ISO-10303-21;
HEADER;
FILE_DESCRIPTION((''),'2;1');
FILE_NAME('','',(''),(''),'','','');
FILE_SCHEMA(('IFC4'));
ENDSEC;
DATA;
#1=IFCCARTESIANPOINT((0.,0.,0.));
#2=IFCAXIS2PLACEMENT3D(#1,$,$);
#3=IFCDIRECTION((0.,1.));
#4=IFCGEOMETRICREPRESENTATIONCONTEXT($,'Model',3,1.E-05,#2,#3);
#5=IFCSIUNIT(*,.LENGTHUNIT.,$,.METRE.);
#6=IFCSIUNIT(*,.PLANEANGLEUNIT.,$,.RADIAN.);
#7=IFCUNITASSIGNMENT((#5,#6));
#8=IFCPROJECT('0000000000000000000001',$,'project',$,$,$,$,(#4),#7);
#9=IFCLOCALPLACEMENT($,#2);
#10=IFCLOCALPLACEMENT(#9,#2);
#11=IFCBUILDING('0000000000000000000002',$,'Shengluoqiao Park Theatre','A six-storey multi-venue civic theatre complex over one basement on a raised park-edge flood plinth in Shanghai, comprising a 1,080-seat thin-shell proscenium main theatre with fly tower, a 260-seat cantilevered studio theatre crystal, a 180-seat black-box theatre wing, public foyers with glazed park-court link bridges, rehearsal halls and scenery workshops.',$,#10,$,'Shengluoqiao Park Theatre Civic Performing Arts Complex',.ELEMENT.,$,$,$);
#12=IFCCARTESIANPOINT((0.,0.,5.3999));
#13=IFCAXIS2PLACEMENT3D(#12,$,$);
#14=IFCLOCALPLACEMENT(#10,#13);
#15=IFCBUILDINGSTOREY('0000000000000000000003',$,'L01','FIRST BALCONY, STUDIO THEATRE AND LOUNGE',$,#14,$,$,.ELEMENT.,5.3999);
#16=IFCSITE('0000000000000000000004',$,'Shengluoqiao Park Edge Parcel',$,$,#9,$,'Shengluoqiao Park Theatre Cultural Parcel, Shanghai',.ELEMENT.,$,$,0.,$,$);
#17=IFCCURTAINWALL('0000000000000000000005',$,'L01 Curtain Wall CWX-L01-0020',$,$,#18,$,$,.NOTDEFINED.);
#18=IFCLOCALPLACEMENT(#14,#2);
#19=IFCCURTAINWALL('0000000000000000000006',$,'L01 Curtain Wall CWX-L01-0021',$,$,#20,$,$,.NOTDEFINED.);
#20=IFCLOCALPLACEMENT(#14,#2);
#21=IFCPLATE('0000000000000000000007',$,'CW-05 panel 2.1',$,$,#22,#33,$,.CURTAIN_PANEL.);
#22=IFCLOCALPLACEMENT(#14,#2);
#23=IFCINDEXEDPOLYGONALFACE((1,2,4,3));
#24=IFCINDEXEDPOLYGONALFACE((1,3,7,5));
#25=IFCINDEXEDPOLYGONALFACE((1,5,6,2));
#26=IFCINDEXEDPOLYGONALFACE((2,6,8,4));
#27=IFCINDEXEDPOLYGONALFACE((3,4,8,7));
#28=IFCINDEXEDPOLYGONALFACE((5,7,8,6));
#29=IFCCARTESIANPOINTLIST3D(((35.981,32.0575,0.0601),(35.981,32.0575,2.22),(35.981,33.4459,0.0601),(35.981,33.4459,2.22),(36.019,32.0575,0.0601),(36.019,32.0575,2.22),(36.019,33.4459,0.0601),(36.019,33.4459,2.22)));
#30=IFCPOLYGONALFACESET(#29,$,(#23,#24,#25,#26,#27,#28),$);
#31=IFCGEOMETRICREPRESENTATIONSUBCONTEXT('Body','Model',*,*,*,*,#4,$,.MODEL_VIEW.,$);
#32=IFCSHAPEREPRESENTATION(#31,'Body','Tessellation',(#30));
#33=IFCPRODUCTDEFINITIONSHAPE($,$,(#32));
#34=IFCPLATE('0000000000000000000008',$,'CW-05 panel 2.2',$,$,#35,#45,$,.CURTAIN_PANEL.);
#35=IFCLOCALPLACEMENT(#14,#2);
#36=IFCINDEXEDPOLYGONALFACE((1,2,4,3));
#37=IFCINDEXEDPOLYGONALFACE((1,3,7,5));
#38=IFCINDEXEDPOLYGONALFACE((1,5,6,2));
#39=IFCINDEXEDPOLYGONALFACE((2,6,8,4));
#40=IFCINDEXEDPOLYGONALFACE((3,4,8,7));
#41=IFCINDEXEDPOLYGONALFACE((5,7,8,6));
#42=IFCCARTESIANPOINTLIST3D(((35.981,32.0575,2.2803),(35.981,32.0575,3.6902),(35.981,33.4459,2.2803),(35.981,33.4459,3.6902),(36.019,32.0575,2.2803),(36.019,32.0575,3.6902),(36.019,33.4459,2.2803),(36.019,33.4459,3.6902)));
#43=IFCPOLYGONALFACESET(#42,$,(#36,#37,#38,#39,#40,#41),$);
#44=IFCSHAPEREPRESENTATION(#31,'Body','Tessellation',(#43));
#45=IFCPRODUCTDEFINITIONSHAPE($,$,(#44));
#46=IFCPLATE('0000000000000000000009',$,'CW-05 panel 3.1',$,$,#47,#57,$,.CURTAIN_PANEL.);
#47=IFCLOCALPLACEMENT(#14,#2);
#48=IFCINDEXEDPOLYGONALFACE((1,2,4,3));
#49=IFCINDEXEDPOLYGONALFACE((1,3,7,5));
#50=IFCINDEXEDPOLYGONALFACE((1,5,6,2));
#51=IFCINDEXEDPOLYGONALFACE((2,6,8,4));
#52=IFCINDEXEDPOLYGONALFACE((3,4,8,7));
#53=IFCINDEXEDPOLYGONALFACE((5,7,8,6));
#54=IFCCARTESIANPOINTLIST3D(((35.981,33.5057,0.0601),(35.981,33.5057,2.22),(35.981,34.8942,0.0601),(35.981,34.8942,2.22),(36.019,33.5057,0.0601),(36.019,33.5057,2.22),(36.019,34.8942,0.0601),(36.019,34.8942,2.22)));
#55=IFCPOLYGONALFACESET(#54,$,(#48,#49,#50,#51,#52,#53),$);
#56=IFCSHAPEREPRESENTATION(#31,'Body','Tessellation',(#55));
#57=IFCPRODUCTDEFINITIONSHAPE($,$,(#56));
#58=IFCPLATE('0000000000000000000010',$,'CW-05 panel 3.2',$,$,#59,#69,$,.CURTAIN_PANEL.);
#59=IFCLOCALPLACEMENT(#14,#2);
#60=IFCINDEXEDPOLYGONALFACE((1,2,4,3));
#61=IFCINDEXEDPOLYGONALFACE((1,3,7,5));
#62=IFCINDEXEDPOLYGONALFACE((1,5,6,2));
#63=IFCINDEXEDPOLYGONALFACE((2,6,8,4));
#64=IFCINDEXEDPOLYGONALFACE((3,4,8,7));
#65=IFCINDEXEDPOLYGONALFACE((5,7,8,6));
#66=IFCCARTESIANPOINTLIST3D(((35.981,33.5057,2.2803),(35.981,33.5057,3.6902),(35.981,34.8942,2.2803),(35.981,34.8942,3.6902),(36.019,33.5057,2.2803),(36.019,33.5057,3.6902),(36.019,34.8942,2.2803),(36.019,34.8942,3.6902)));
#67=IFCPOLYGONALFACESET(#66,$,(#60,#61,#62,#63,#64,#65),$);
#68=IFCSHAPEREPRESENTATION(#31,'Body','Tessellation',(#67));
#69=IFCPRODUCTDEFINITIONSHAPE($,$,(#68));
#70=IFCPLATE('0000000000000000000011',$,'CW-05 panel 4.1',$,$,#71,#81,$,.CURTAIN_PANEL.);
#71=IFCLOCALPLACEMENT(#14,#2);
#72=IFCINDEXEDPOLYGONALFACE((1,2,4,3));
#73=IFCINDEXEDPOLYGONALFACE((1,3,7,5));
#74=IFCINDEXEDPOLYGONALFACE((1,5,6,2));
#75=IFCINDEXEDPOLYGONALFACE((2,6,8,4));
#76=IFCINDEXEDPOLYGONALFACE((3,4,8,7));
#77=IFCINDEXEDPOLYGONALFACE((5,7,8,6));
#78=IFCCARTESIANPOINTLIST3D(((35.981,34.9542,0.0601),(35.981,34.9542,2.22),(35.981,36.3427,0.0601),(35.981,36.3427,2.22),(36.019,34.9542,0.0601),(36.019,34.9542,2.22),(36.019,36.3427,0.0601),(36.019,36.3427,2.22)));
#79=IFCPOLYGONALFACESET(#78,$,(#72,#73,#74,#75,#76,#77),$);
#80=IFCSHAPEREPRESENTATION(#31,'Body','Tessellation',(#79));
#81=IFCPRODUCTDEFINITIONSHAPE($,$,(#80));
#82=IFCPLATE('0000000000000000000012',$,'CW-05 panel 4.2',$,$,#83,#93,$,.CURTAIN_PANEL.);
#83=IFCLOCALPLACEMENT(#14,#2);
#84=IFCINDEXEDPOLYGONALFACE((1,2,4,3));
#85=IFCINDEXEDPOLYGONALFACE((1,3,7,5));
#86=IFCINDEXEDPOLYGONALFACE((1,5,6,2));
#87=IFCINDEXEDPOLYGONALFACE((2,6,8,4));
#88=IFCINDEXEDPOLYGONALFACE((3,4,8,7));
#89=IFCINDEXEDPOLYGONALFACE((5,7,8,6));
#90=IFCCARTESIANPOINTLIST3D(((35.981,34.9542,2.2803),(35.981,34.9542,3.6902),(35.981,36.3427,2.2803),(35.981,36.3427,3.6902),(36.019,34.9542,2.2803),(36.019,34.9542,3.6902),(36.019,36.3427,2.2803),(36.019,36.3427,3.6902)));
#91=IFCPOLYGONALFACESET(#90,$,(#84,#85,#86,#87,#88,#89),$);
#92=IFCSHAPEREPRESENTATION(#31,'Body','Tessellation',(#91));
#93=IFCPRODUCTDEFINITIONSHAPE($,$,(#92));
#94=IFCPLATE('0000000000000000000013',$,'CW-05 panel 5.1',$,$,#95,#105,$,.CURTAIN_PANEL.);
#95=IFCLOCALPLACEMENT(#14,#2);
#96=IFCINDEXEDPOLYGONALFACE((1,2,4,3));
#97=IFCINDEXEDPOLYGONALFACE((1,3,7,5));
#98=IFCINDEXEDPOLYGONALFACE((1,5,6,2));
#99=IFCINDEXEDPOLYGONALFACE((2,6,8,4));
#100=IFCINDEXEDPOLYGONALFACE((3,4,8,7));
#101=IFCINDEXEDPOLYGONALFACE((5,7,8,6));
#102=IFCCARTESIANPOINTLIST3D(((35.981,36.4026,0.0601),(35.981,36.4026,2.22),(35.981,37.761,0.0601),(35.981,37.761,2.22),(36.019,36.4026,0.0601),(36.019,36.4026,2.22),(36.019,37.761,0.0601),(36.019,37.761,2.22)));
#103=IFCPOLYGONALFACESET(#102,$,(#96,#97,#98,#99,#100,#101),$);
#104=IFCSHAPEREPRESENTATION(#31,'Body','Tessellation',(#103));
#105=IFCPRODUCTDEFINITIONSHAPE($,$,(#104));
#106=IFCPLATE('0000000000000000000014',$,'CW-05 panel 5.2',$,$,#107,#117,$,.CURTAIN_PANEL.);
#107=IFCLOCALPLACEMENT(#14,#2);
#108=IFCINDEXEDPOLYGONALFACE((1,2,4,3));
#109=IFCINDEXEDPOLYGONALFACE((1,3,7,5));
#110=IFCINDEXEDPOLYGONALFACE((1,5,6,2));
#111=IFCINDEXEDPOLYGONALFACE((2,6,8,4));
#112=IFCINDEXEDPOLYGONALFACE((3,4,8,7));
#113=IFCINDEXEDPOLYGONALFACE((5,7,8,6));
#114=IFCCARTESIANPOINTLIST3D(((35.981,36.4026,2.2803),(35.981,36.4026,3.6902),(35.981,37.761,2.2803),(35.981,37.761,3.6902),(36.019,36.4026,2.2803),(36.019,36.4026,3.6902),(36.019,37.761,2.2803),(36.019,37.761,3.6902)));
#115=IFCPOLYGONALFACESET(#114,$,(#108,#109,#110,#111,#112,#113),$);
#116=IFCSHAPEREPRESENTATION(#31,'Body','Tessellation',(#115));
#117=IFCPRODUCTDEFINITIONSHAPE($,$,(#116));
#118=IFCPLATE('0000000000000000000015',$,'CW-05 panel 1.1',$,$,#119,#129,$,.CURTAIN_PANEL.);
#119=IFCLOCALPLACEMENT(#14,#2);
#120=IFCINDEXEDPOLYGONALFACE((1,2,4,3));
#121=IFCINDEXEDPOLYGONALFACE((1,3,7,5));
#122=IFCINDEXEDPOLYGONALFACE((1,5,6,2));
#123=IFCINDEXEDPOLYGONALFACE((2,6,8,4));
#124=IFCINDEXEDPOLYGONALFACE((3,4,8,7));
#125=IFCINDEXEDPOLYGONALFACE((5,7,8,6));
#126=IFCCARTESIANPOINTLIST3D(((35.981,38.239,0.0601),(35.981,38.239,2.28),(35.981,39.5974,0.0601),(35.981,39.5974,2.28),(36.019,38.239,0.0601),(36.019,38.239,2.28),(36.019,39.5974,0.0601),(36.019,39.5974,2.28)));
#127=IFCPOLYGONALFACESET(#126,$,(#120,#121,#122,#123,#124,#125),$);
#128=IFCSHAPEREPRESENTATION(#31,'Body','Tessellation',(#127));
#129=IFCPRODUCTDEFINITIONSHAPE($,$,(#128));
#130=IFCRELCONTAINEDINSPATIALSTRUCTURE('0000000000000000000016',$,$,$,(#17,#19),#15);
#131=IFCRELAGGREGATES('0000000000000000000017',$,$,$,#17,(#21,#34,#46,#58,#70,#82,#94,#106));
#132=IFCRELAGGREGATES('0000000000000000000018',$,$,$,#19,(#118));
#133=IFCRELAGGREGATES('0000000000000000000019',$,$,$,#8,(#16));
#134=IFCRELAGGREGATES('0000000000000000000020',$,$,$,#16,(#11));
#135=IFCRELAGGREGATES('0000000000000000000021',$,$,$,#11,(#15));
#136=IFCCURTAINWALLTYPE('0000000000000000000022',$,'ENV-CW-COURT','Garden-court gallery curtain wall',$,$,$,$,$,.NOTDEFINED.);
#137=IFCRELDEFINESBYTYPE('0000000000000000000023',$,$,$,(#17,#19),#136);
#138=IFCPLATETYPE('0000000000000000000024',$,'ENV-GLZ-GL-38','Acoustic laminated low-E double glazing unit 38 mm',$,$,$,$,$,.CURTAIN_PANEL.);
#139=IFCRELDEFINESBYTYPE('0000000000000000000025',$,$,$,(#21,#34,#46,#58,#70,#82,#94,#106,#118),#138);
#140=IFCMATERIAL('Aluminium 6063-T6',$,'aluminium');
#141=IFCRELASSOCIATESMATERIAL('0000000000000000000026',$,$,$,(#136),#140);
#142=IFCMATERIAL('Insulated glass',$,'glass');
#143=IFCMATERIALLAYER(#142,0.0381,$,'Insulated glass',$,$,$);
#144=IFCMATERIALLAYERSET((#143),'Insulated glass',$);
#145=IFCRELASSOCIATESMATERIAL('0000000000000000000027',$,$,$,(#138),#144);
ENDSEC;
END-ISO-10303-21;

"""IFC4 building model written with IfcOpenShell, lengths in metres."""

from ifc_helpers import new_model, si_unit, direction, frame, origin, origin_2d, place, context, subcontext, project, spatial, rectangle, extrude, material, layer, layer_set, type_object, element, aggregate, save


model = new_model("IFC4")

# Units and contexts
model_context = context("Model", 3, precision=1e-05, world=origin(), true_north=direction((0.0, 1.0)))
body_context = subcontext(model_context, "Body", "Model", "MODEL_VIEW")
ifc_project = project(units=[si_unit("LENGTHUNIT", "METRE"), si_unit("PLANEANGLEUNIT", "RADIAN")], contexts=[model_context])

# Site, building, storey
site_placement = place(None, origin())
site = spatial("IfcSite", under=ifc_project, at=site_placement, Name="Shengluoqiao Park Edge Parcel", LongName="Shengluoqiao Park Theatre Cultural Parcel, Shanghai", CompositionType="ELEMENT", RefElevation=0.0)
building_placement = place(site_placement, origin())
building = spatial("IfcBuilding", under=site, at=building_placement, Name="Shengluoqiao Park Theatre", Description="A six-storey multi-venue civic theatre complex over one basement on a raised park-edge flood plinth in Shanghai, comprising a 1,080-seat thin-shell proscenium main theatre with fly tower, a 260-seat cantilevered studio theatre crystal, a 180-seat black-box theatre wing, public foyers with glazed park-court link bridges, rehearsal halls and scenery workshops.", LongName="Shengluoqiao Park Theatre Civic Performing Arts Complex", CompositionType="ELEMENT")
storey_placement = place(building_placement, frame((0.0, 0.0, 5.3999)))
storey = spatial("IfcBuildingStorey", under=building, at=storey_placement, Name="L01", Description="FIRST BALCONY, STUDIO THEATRE AND LOUNGE", CompositionType="ELEMENT", Elevation=5.3999)

# Curtain wall
ifc_material_1 = material(Name="Aluminium 6063-T6", Category="aluminium")
curtain_wall_type = type_object("IfcCurtainWallType", Name="ENV-CW-COURT", Description="Garden-court gallery curtain wall", PredefinedType="NOTDEFINED", material=ifc_material_1)
curtain_wall_1_placement = place(storey_placement, origin())
curtain_wall_1 = element("IfcCurtainWall", 1, at=curtain_wall_1_placement, inside=storey, type_object=curtain_wall_type, Name="L01 Curtain Wall CWX-L01-0020", PredefinedType="NOTDEFINED")

# Curtain wall
curtain_wall_2_placement = place(storey_placement, origin())
curtain_wall_2 = element("IfcCurtainWall", 2, at=curtain_wall_2_placement, inside=storey, type_object=curtain_wall_type, Name="L01 Curtain Wall CWX-L01-0021", PredefinedType="NOTDEFINED")

# Plates
ifc_material_2 = material(Name="Insulated glass", Category="glass")
ifc_layer = layer(ifc_material_2, 0.0381, Name="Insulated glass")
ifc_layer_set = layer_set([ifc_layer], Name="Insulated glass")
plate_type = type_object("IfcPlateType", Name="ENV-GLZ-GL-38", Description="Acoustic laminated low-E double glazing unit 38 mm", PredefinedType="CURTAIN_PANEL", material=ifc_layer_set)
plate_1_placement = place(storey_placement, frame((36.0, 32.7517, 0.0601), z_axis=(0.0, 0.0, 1.0), x_axis=(0.0, 1.0, 0.0)))
plate_1 = element("IfcPlate", 3, at=plate_1_placement, type_object=plate_type, Name="CW-05 panel 2.1", PredefinedType="CURTAIN_PANEL", context=body_context, shape_type="SweptSolid", body=[
    extrude(rectangle(XDim=1.3884, YDim=0.0381, at=origin_2d()), origin(), (0.0, 0.0, 1.0), 2.1599),
])
plate_2_placement = place(storey_placement, frame((36.0, 32.7517, 2.2803), z_axis=(0.0, 0.0, 1.0), x_axis=(0.0, 1.0, 0.0)))
plate_2 = element("IfcPlate", 4, at=plate_2_placement, type_object=plate_type, Name="CW-05 panel 2.2", PredefinedType="CURTAIN_PANEL", context=body_context, shape_type="SweptSolid", body=[
    extrude(rectangle(XDim=1.3884, YDim=0.0381, at=origin_2d()), origin(), (0.0, 0.0, 1.0), 1.4099),
])
plate_3_placement = place(storey_placement, frame((36.0, 34.2, 0.0601), z_axis=(0.0, 0.0, 1.0), x_axis=(0.0, 1.0, 0.0)))
plate_3 = element("IfcPlate", 5, at=plate_3_placement, type_object=plate_type, Name="CW-05 panel 3.1", PredefinedType="CURTAIN_PANEL", context=body_context, shape_type="SweptSolid", body=[
    extrude(rectangle(XDim=1.3884, YDim=0.0381, at=origin_2d()), origin(), (0.0, 0.0, 1.0), 2.1599),
])
plate_4_placement = place(storey_placement, frame((36.0, 34.2, 2.2803), z_axis=(0.0, 0.0, 1.0), x_axis=(0.0, 1.0, 0.0)))
plate_4 = element("IfcPlate", 6, at=plate_4_placement, type_object=plate_type, Name="CW-05 panel 3.2", PredefinedType="CURTAIN_PANEL", context=body_context, shape_type="SweptSolid", body=[
    extrude(rectangle(XDim=1.3884, YDim=0.0381, at=origin_2d()), origin(), (0.0, 0.0, 1.0), 1.4099),
])
plate_5_placement = place(storey_placement, frame((36.0, 35.6484, 0.0601), z_axis=(0.0, 0.0, 1.0), x_axis=(0.0, 1.0, 0.0)))
plate_5 = element("IfcPlate", 7, at=plate_5_placement, type_object=plate_type, Name="CW-05 panel 4.1", PredefinedType="CURTAIN_PANEL", context=body_context, shape_type="SweptSolid", body=[
    extrude(rectangle(XDim=1.3884, YDim=0.0381, at=origin_2d()), origin(), (0.0, 0.0, 1.0), 2.1599),
])
plate_6_placement = place(storey_placement, frame((36.0, 35.6484, 2.2803), z_axis=(0.0, 0.0, 1.0), x_axis=(0.0, 1.0, 0.0)))
plate_6 = element("IfcPlate", 8, at=plate_6_placement, type_object=plate_type, Name="CW-05 panel 4.2", PredefinedType="CURTAIN_PANEL", context=body_context, shape_type="SweptSolid", body=[
    extrude(rectangle(XDim=1.3884, YDim=0.0381, at=origin_2d()), origin(), (0.0, 0.0, 1.0), 1.4099),
])
plate_7_placement = place(storey_placement, frame((36.0, 37.0818, 0.0601), z_axis=(0.0, 0.0, 1.0), x_axis=(0.0, 1.0, 0.0)))
plate_7 = element("IfcPlate", 9, at=plate_7_placement, type_object=plate_type, Name="CW-05 panel 5.1", PredefinedType="CURTAIN_PANEL", context=body_context, shape_type="SweptSolid", body=[
    extrude(rectangle(XDim=1.3584, YDim=0.0381, at=origin_2d()), origin(), (0.0, 0.0, 1.0), 2.1599),
])
plate_8_placement = place(storey_placement, frame((36.0, 37.0818, 2.2803), z_axis=(0.0, 0.0, 1.0), x_axis=(0.0, 1.0, 0.0)))
plate_8 = element("IfcPlate", 10, at=plate_8_placement, type_object=plate_type, Name="CW-05 panel 5.2", PredefinedType="CURTAIN_PANEL", context=body_context, shape_type="SweptSolid", body=[
    extrude(rectangle(XDim=1.3584, YDim=0.0381, at=origin_2d()), origin(), (0.0, 0.0, 1.0), 1.4099),
])
aggregate(curtain_wall_1, [plate_1, plate_2, plate_3, plate_4, plate_5, plate_6, plate_7, plate_8])
plate_9_placement = place(storey_placement, frame((36.0, 38.9182, 0.0601), z_axis=(0.0, 0.0, 1.0), x_axis=(0.0, 1.0, 0.0)))
plate_9 = element("IfcPlate", 11, at=plate_9_placement, type_object=plate_type, Name="CW-05 panel 1.1", PredefinedType="CURTAIN_PANEL", context=body_context, shape_type="SweptSolid", body=[
    extrude(rectangle(XDim=1.3584, YDim=0.0381, at=origin_2d()), origin(), (0.0, 0.0, 1.0), 2.22),
])
aggregate(curtain_wall_2, [plate_9])

save(model, "model.ifc")
